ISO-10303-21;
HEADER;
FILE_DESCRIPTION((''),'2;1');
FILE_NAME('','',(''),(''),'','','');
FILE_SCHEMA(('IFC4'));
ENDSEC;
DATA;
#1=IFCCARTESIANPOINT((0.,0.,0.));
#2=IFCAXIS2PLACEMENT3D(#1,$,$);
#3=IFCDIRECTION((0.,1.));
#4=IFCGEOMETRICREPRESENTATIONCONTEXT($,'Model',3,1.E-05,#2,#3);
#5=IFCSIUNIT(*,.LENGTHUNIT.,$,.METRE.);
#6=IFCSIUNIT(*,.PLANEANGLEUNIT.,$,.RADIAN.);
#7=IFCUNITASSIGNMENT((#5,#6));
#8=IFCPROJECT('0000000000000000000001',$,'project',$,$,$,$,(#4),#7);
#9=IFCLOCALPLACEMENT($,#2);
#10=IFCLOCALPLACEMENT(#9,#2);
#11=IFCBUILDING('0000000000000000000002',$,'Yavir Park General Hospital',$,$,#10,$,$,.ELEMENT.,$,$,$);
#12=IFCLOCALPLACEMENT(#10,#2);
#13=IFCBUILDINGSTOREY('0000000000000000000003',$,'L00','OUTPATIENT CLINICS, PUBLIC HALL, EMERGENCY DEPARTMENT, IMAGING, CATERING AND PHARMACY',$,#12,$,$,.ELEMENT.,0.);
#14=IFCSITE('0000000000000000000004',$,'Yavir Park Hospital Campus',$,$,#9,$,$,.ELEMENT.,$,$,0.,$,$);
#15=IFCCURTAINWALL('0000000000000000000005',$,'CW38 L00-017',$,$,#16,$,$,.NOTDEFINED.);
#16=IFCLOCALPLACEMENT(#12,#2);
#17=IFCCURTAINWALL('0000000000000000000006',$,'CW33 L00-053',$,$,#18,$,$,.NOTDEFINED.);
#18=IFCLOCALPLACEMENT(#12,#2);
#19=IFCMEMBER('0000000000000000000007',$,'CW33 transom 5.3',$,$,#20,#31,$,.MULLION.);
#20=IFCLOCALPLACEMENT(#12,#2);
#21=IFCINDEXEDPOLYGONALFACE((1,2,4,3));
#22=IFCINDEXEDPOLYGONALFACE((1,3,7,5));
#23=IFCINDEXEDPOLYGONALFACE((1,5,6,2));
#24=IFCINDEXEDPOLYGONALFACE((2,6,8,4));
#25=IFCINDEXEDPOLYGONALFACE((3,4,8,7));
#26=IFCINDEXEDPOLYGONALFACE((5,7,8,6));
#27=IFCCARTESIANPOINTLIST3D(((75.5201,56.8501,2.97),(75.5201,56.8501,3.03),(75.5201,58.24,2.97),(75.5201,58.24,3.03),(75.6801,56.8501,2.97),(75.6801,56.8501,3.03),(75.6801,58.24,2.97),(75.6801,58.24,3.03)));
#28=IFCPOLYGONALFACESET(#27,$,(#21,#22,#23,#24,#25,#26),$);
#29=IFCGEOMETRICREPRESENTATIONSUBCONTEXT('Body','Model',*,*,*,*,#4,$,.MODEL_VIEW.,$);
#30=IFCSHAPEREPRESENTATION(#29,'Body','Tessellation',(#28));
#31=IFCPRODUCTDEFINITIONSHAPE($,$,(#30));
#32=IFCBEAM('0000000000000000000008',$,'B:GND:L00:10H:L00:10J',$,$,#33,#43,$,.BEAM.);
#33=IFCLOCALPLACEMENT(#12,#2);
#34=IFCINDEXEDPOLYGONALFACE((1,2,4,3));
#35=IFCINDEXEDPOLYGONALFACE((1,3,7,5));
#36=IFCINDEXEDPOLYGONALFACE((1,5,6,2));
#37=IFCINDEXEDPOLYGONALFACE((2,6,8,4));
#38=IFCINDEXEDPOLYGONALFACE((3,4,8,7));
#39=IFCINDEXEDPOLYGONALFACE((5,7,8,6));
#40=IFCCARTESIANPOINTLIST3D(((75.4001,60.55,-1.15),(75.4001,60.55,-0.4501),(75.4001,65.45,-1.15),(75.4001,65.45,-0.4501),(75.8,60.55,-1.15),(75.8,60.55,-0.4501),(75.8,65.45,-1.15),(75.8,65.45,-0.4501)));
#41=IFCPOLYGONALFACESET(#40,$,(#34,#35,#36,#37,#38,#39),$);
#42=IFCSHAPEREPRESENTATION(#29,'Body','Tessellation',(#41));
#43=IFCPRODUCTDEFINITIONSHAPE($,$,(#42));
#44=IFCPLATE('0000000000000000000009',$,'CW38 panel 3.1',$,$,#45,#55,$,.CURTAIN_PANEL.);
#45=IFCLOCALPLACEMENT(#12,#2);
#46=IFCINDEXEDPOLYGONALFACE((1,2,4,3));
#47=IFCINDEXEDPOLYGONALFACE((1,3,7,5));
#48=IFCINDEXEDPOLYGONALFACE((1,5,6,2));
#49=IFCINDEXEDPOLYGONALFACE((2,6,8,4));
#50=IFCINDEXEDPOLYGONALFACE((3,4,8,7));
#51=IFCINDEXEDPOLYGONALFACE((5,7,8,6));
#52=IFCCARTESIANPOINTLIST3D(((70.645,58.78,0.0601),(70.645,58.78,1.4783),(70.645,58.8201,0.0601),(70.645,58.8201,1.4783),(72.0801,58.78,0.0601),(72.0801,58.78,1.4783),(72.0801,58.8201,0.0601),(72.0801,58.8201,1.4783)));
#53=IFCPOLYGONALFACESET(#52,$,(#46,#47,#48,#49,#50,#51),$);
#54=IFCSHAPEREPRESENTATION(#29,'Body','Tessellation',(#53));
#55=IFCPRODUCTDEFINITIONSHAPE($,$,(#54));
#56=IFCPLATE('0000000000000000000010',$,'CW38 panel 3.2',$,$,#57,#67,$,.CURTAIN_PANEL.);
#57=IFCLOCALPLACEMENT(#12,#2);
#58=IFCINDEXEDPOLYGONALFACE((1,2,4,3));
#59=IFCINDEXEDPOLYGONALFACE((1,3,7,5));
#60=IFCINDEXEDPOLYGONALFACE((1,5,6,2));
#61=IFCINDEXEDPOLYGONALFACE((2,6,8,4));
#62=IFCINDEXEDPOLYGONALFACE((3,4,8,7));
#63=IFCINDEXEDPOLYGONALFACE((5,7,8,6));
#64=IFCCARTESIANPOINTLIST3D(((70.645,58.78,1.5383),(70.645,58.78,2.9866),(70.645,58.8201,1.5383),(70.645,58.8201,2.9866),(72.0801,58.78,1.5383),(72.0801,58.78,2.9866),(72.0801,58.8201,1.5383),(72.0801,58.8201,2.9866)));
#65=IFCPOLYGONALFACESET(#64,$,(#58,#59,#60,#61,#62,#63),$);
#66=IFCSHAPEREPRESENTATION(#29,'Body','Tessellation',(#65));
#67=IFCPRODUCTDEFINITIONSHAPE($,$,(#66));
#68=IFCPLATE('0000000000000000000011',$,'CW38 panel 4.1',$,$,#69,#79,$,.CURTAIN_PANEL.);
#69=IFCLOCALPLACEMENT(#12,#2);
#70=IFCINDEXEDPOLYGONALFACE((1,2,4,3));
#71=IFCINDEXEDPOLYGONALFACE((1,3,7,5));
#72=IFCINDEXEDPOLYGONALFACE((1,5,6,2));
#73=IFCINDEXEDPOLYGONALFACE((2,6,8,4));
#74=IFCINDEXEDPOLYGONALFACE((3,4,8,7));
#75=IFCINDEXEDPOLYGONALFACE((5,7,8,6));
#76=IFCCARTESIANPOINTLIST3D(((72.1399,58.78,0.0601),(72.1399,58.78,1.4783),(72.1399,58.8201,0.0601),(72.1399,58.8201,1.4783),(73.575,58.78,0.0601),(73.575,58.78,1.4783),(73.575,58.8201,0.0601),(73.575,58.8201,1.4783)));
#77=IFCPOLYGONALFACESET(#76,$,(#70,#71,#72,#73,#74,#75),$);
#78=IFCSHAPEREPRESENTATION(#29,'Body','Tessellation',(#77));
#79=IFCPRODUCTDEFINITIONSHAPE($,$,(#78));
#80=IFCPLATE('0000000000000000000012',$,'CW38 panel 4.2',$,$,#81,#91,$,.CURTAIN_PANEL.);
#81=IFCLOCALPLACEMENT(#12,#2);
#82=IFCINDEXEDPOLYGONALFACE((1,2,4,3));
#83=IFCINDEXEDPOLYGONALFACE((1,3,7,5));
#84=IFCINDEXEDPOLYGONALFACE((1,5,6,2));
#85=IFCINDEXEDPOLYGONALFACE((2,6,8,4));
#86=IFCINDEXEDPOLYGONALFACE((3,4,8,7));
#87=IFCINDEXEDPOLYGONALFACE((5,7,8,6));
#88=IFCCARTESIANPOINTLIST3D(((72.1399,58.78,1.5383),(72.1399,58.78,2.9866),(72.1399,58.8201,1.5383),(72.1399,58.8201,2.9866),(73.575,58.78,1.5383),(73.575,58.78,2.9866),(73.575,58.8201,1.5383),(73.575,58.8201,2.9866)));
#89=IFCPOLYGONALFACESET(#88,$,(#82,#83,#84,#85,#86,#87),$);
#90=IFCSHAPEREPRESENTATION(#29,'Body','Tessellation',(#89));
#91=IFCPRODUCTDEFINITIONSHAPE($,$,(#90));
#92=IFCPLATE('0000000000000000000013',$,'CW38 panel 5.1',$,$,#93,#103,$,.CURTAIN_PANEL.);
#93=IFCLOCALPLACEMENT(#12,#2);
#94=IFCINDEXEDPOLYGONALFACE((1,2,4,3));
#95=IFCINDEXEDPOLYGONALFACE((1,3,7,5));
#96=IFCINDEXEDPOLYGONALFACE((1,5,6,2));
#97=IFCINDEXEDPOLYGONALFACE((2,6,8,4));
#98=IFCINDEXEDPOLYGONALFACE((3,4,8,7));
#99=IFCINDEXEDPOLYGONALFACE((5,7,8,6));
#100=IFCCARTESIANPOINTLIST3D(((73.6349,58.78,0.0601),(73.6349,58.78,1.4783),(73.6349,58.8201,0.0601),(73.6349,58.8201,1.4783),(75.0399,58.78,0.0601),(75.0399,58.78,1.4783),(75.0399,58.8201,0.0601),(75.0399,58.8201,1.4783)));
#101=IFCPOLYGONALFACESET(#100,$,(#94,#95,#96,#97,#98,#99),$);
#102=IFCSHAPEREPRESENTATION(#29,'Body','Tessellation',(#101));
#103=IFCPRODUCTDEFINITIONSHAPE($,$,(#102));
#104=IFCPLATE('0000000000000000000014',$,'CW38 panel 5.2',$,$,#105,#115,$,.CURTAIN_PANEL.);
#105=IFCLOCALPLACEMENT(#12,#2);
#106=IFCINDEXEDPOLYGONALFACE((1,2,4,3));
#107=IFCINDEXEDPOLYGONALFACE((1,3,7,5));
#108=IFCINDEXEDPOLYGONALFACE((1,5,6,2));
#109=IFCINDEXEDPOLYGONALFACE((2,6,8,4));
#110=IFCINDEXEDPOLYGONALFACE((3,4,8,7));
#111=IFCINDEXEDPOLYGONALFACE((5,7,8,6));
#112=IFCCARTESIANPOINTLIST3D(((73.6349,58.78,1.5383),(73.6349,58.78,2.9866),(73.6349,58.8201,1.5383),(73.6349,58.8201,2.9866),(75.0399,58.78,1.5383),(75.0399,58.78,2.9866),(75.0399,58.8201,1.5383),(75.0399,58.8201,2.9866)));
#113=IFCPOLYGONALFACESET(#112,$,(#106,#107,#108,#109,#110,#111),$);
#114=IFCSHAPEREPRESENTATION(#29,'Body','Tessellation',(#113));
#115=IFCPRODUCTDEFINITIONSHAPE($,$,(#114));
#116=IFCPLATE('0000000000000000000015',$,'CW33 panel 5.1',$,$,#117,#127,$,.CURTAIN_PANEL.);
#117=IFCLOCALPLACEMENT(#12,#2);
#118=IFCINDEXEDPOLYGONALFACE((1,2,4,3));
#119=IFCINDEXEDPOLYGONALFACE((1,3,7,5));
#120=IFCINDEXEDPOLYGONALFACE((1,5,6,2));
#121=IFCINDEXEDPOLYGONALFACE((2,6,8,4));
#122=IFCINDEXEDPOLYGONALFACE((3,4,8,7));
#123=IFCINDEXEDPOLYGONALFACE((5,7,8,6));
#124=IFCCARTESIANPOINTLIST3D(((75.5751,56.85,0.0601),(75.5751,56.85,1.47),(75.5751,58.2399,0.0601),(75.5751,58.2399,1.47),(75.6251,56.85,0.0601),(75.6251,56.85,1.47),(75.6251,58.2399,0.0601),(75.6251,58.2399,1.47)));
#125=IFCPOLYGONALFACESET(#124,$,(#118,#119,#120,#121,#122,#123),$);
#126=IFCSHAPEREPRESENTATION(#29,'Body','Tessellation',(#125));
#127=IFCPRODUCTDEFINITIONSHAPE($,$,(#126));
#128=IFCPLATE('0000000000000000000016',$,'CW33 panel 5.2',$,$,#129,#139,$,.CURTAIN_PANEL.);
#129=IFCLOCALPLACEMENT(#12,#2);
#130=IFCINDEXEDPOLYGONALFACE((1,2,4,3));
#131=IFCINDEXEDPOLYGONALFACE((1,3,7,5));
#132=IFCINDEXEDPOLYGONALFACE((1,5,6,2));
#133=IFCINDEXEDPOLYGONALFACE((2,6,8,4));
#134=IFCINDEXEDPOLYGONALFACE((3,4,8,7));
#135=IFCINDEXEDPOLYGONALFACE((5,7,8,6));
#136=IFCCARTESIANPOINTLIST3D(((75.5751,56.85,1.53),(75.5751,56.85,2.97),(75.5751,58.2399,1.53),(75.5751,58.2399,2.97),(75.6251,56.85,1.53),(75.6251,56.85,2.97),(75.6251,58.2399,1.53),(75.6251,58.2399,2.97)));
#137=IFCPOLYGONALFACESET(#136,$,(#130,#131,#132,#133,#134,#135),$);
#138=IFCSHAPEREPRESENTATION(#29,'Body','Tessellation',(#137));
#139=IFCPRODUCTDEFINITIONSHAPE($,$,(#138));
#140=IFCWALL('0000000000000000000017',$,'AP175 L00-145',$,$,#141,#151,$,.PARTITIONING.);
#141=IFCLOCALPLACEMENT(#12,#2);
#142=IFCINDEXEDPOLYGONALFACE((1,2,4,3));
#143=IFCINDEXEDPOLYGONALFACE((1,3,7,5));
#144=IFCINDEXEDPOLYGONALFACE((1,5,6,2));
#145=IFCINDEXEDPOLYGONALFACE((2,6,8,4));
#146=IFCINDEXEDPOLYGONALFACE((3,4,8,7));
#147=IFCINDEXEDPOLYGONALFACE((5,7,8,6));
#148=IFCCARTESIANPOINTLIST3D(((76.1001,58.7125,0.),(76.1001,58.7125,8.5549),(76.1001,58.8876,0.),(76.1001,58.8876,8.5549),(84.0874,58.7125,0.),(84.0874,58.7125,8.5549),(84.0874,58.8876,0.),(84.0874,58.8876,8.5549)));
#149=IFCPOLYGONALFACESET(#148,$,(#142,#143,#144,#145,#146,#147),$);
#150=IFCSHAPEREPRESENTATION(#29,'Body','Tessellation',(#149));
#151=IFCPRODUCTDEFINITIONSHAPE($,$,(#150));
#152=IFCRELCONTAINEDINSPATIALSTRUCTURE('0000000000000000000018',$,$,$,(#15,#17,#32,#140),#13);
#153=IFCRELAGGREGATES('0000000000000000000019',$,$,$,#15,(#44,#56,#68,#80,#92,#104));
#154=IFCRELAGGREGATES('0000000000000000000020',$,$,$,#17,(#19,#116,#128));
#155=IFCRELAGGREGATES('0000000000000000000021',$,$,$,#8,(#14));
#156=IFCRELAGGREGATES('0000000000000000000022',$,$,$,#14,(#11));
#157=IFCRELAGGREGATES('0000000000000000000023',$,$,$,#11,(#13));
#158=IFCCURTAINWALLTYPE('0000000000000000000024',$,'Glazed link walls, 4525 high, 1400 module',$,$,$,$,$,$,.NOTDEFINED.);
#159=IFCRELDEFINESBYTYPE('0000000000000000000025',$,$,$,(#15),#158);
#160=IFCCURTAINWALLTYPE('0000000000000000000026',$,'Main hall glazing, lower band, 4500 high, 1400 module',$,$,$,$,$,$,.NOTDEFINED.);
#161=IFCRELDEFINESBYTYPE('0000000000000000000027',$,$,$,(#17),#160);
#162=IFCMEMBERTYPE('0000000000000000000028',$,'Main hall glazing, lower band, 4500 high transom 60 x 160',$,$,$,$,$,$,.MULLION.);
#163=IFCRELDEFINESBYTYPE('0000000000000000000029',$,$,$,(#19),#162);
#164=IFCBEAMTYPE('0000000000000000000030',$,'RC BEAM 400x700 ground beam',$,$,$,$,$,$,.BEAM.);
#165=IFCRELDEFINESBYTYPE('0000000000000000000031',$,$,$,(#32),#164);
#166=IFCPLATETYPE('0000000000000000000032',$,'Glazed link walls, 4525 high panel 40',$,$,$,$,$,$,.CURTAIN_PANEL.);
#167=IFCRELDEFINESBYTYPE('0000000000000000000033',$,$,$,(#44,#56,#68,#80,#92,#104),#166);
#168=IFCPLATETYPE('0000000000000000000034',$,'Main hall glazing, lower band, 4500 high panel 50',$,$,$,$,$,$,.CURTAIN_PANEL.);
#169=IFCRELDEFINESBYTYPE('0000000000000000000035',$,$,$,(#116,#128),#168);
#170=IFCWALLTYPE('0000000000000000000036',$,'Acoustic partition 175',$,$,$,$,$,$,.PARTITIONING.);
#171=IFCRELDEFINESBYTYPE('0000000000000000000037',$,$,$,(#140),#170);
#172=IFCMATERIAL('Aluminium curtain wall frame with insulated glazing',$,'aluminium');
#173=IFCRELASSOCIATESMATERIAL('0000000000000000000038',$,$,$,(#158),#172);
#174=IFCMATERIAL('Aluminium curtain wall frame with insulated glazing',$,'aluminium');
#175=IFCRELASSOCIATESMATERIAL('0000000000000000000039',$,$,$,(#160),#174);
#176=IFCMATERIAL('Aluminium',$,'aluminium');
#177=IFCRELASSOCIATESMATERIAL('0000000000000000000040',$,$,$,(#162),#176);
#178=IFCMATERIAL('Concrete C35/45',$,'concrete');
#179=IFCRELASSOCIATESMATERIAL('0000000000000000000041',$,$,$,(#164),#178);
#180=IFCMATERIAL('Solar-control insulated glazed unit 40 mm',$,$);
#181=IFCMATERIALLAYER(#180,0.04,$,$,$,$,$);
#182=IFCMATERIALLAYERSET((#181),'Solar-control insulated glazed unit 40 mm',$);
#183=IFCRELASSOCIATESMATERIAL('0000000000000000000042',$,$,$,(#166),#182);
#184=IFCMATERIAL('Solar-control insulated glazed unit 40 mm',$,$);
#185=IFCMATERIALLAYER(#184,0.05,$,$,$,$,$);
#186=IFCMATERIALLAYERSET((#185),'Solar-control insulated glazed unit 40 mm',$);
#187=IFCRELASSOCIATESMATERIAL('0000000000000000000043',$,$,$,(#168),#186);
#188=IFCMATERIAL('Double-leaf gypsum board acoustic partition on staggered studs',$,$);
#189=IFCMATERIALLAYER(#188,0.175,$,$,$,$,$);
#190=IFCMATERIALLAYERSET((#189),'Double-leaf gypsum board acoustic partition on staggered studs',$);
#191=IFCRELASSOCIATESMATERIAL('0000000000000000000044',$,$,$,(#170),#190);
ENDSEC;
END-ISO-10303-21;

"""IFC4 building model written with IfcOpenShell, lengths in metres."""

from ifc_helpers import new_model, si_unit, direction, frame, frame_2d, origin, origin_2d, place, context, subcontext, project, spatial, rectangle, extrude, material, layer, layer_set, material_profile, profile_set, type_object, element, aggregate, save


model = new_model("IFC4")

# Units and contexts
model_context = context("Model", 3, precision=1e-05, world=origin(), true_north=direction((0.0, 1.0)))
body_context = subcontext(model_context, "Body", "Model", "MODEL_VIEW")
ifc_project = project(units=[si_unit("LENGTHUNIT", "METRE"), si_unit("PLANEANGLEUNIT", "RADIAN")], contexts=[model_context])

# Site, building, storey
site_placement = place(None, origin())
site = spatial("IfcSite", under=ifc_project, at=site_placement, Name="Yavir Park Hospital Campus", CompositionType="ELEMENT", RefElevation=0.0)
building_placement = place(site_placement, origin())
building = spatial("IfcBuilding", under=site, at=building_placement, Name="Yavir Park General Hospital", CompositionType="ELEMENT")
storey_placement = place(building_placement, origin())
storey = spatial("IfcBuildingStorey", under=building, at=storey_placement, Name="L00", Description="OUTPATIENT CLINICS, PUBLIC HALL, EMERGENCY DEPARTMENT, IMAGING, CATERING AND PHARMACY", CompositionType="ELEMENT", Elevation=0.0)

# Curtain walls, member
ifc_material_1 = material(Name="Aluminium curtain wall frame with insulated glazing", Category="aluminium")
curtain_wall_type_1 = type_object("IfcCurtainWallType", Name="Glazed link walls, 4525 high, 1400 module", PredefinedType="NOTDEFINED", material=ifc_material_1)
curtain_wall_1_placement = place(storey_placement, origin())
curtain_wall_1 = element("IfcCurtainWall", 1, at=curtain_wall_1_placement, inside=storey, type_object=curtain_wall_type_1, Name="CW38 L00-017", PredefinedType="NOTDEFINED")
ifc_material_2 = material(Name="Aluminium curtain wall frame with insulated glazing", Category="aluminium")
curtain_wall_type_2 = type_object("IfcCurtainWallType", Name="Main hall glazing, lower band, 4500 high, 1400 module", PredefinedType="NOTDEFINED", material=ifc_material_2)
curtain_wall_2_placement = place(storey_placement, origin())
curtain_wall_2 = element("IfcCurtainWall", 2, at=curtain_wall_2_placement, inside=storey, type_object=curtain_wall_type_2, Name="CW33 L00-053", PredefinedType="NOTDEFINED")
ifc_material_3 = material(Name="Aluminium", Category="aluminium")
ifc_material_profile_1 = material_profile(ifc_material_3, rectangle(XDim=0.1599, YDim=0.0601, at=origin_2d()), Name="AL 160x60")
ifc_profile_set_1 = profile_set([ifc_material_profile_1], Name="Aluminium")
member_type_1 = type_object("IfcMemberType", Name="Main hall glazing, lower band, 4500 high transom 60 x 160", PredefinedType="MULLION", material=ifc_profile_set_1)
member_1_placement = place(storey_placement, frame((75.6001, 56.8501, 3.0), z_axis=(0.0, 1.0, 0.0), x_axis=(-1.0, 0.0, 0.0)))
member_1 = element("IfcMember", 3, at=member_1_placement, type_object=member_type_1, Name="CW33 transom 5.3", PredefinedType="MULLION", context=body_context, shape_type="SweptSolid", body=[
    extrude(rectangle(XDim=0.1599, YDim=0.0601, at=origin_2d()), origin(), (0.0, 0.0, 1.0), 1.3899),
])

# Beam
ifc_material_4 = material(Name="Concrete C35/45", Category="concrete")
ifc_material_profile_2 = material_profile(ifc_material_4, rectangle(XDim=0.3999, YDim=0.7, at=origin_2d()), Name="RC400x700")
ifc_profile_set_2 = profile_set([ifc_material_profile_2], Name="Concrete C35/45")
beam_type = type_object("IfcBeamType", Name="RC BEAM 400x700 ground beam", PredefinedType="BEAM", material=ifc_profile_set_2)
beam_placement = place(storey_placement, frame((75.6001, 60.55, -0.8), z_axis=(0.0, 1.0, 0.0), x_axis=(-1.0, 0.0, 0.0)))
element("IfcBeam", 4, at=beam_placement, inside=storey, type_object=beam_type, Name="B:GND:L00:10H:L00:10J", PredefinedType="BEAM", context=body_context, shape_type="SweptSolid", body=[
    extrude(rectangle(XDim=0.3999, YDim=0.7, at=origin_2d()), origin(), (0.0, 0.0, 1.0), 4.8999),
])

# Plates
ifc_material_5 = material(Name="Solar-control insulated glazed unit 40 mm")
ifc_layer_1 = layer(ifc_material_5, 0.04)
ifc_layer_set_1 = layer_set([ifc_layer_1], Name="Solar-control insulated glazed unit 40 mm")
plate_type_1 = type_object("IfcPlateType", Name="Glazed link walls, 4525 high panel 40", PredefinedType="CURTAIN_PANEL", material=ifc_layer_set_1)
plate_1_placement = place(storey_placement, frame((71.3625, 58.8, 0.0601), z_axis=(0.0, 0.0, 1.0), x_axis=(1.0, 0.0, 0.0)))
plate_1 = element("IfcPlate", 5, at=plate_1_placement, type_object=plate_type_1, Name="CW38 panel 3.1", PredefinedType="CURTAIN_PANEL", context=body_context, shape_type="SweptSolid", body=[
    extrude(rectangle(XDim=1.4351, YDim=0.04, at=origin_2d()), origin(), (0.0, 0.0, 1.0), 1.4182),
])
plate_2_placement = place(storey_placement, frame((71.3625, 58.8, 1.5383), z_axis=(0.0, 0.0, 1.0), x_axis=(1.0, 0.0, 0.0)))
plate_2 = element("IfcPlate", 6, at=plate_2_placement, type_object=plate_type_1, Name="CW38 panel 3.2", PredefinedType="CURTAIN_PANEL", context=body_context, shape_type="SweptSolid", body=[
    extrude(rectangle(XDim=1.4351, YDim=0.04, at=origin_2d()), origin(), (0.0, 0.0, 1.0), 1.4482),
])
plate_3_placement = place(storey_placement, frame((72.8574, 58.8, 0.0601), z_axis=(0.0, 0.0, 1.0), x_axis=(1.0, 0.0, 0.0)))
plate_3 = element("IfcPlate", 7, at=plate_3_placement, type_object=plate_type_1, Name="CW38 panel 4.1", PredefinedType="CURTAIN_PANEL", context=body_context, shape_type="SweptSolid", body=[
    extrude(rectangle(XDim=1.4351, YDim=0.04, at=origin_2d()), origin(), (0.0, 0.0, 1.0), 1.4182),
])
plate_4_placement = place(storey_placement, frame((72.8574, 58.8, 1.5383), z_axis=(0.0, 0.0, 1.0), x_axis=(1.0, 0.0, 0.0)))
plate_4 = element("IfcPlate", 8, at=plate_4_placement, type_object=plate_type_1, Name="CW38 panel 4.2", PredefinedType="CURTAIN_PANEL", context=body_context, shape_type="SweptSolid", body=[
    extrude(rectangle(XDim=1.4351, YDim=0.04, at=origin_2d()), origin(), (0.0, 0.0, 1.0), 1.4482),
])
plate_5_placement = place(storey_placement, frame((74.3374, 58.8, 0.0601), z_axis=(0.0, 0.0, 1.0), x_axis=(1.0, 0.0, 0.0)))
plate_5 = element("IfcPlate", 9, at=plate_5_placement, type_object=plate_type_1, Name="CW38 panel 5.1", PredefinedType="CURTAIN_PANEL", context=body_context, shape_type="SweptSolid", body=[
    extrude(rectangle(XDim=1.405, YDim=0.04, at=origin_2d()), origin(), (0.0, 0.0, 1.0), 1.4182),
])
plate_6_placement = place(storey_placement, frame((74.3374, 58.8, 1.5383), z_axis=(0.0, 0.0, 1.0), x_axis=(1.0, 0.0, 0.0)))
plate_6 = element("IfcPlate", 10, at=plate_6_placement, type_object=plate_type_1, Name="CW38 panel 5.2", PredefinedType="CURTAIN_PANEL", context=body_context, shape_type="SweptSolid", body=[
    extrude(rectangle(XDim=1.405, YDim=0.04, at=origin_2d()), origin(), (0.0, 0.0, 1.0), 1.4482),
])
aggregate(curtain_wall_1, [plate_1, plate_2, plate_3, plate_4, plate_5, plate_6])
ifc_material_6 = material(Name="Solar-control insulated glazed unit 40 mm")
ifc_layer_2 = layer(ifc_material_6, 0.05)
ifc_layer_set_2 = layer_set([ifc_layer_2], Name="Solar-control insulated glazed unit 40 mm")
plate_type_2 = type_object("IfcPlateType", Name="Main hall glazing, lower band, 4500 high panel 50", PredefinedType="CURTAIN_PANEL", material=ifc_layer_set_2)
plate_7_placement = place(storey_placement, frame((75.6001, 57.5449, 0.0601), z_axis=(0.0, 0.0, 1.0), x_axis=(0.0, 1.0, 0.0)))
plate_7 = element("IfcPlate", 11, at=plate_7_placement, type_object=plate_type_2, Name="CW33 panel 5.1", PredefinedType="CURTAIN_PANEL", context=body_context, shape_type="SweptSolid", body=[
    extrude(rectangle(XDim=1.3899, YDim=0.05, at=origin_2d()), origin(), (0.0, 0.0, 1.0), 1.4099),
])
plate_8_placement = place(storey_placement, frame((75.6001, 57.5449, 1.53), z_axis=(0.0, 0.0, 1.0), x_axis=(0.0, 1.0, 0.0)))
plate_8 = element("IfcPlate", 12, at=plate_8_placement, type_object=plate_type_2, Name="CW33 panel 5.2", PredefinedType="CURTAIN_PANEL", context=body_context, shape_type="SweptSolid", body=[
    extrude(rectangle(XDim=1.3899, YDim=0.05, at=origin_2d()), origin(), (0.0, 0.0, 1.0), 1.4399),
])
aggregate(curtain_wall_2, [member_1, plate_7, plate_8])

# Wall
ifc_material_7 = material(Name="Double-leaf gypsum board acoustic partition on staggered studs")
ifc_layer_3 = layer(ifc_material_7, 0.175)
ifc_layer_set_3 = layer_set([ifc_layer_3], Name="Double-leaf gypsum board acoustic partition on staggered studs")
wall_type_1 = type_object("IfcWallType", Name="Acoustic partition 175", PredefinedType="PARTITIONING", material=ifc_layer_set_3)
wall_1_placement = place(storey_placement, frame((76.1001, 58.8, 0.0), z_axis=(0.0, 0.0, 1.0), x_axis=(1.0, 0.0, 0.0)))
element("IfcWall", 13, at=wall_1_placement, inside=storey, type_object=wall_type_1, Name="AP175 L00-145", PredefinedType="PARTITIONING", context=body_context, shape_type="SweptSolid", body=[
    extrude(rectangle(XDim=7.9873, YDim=0.175, at=frame_2d((3.9937, 0.0))), origin(), (0.0, 0.0, 1.0), 8.5549),
])

save(model, "model.ifc")
